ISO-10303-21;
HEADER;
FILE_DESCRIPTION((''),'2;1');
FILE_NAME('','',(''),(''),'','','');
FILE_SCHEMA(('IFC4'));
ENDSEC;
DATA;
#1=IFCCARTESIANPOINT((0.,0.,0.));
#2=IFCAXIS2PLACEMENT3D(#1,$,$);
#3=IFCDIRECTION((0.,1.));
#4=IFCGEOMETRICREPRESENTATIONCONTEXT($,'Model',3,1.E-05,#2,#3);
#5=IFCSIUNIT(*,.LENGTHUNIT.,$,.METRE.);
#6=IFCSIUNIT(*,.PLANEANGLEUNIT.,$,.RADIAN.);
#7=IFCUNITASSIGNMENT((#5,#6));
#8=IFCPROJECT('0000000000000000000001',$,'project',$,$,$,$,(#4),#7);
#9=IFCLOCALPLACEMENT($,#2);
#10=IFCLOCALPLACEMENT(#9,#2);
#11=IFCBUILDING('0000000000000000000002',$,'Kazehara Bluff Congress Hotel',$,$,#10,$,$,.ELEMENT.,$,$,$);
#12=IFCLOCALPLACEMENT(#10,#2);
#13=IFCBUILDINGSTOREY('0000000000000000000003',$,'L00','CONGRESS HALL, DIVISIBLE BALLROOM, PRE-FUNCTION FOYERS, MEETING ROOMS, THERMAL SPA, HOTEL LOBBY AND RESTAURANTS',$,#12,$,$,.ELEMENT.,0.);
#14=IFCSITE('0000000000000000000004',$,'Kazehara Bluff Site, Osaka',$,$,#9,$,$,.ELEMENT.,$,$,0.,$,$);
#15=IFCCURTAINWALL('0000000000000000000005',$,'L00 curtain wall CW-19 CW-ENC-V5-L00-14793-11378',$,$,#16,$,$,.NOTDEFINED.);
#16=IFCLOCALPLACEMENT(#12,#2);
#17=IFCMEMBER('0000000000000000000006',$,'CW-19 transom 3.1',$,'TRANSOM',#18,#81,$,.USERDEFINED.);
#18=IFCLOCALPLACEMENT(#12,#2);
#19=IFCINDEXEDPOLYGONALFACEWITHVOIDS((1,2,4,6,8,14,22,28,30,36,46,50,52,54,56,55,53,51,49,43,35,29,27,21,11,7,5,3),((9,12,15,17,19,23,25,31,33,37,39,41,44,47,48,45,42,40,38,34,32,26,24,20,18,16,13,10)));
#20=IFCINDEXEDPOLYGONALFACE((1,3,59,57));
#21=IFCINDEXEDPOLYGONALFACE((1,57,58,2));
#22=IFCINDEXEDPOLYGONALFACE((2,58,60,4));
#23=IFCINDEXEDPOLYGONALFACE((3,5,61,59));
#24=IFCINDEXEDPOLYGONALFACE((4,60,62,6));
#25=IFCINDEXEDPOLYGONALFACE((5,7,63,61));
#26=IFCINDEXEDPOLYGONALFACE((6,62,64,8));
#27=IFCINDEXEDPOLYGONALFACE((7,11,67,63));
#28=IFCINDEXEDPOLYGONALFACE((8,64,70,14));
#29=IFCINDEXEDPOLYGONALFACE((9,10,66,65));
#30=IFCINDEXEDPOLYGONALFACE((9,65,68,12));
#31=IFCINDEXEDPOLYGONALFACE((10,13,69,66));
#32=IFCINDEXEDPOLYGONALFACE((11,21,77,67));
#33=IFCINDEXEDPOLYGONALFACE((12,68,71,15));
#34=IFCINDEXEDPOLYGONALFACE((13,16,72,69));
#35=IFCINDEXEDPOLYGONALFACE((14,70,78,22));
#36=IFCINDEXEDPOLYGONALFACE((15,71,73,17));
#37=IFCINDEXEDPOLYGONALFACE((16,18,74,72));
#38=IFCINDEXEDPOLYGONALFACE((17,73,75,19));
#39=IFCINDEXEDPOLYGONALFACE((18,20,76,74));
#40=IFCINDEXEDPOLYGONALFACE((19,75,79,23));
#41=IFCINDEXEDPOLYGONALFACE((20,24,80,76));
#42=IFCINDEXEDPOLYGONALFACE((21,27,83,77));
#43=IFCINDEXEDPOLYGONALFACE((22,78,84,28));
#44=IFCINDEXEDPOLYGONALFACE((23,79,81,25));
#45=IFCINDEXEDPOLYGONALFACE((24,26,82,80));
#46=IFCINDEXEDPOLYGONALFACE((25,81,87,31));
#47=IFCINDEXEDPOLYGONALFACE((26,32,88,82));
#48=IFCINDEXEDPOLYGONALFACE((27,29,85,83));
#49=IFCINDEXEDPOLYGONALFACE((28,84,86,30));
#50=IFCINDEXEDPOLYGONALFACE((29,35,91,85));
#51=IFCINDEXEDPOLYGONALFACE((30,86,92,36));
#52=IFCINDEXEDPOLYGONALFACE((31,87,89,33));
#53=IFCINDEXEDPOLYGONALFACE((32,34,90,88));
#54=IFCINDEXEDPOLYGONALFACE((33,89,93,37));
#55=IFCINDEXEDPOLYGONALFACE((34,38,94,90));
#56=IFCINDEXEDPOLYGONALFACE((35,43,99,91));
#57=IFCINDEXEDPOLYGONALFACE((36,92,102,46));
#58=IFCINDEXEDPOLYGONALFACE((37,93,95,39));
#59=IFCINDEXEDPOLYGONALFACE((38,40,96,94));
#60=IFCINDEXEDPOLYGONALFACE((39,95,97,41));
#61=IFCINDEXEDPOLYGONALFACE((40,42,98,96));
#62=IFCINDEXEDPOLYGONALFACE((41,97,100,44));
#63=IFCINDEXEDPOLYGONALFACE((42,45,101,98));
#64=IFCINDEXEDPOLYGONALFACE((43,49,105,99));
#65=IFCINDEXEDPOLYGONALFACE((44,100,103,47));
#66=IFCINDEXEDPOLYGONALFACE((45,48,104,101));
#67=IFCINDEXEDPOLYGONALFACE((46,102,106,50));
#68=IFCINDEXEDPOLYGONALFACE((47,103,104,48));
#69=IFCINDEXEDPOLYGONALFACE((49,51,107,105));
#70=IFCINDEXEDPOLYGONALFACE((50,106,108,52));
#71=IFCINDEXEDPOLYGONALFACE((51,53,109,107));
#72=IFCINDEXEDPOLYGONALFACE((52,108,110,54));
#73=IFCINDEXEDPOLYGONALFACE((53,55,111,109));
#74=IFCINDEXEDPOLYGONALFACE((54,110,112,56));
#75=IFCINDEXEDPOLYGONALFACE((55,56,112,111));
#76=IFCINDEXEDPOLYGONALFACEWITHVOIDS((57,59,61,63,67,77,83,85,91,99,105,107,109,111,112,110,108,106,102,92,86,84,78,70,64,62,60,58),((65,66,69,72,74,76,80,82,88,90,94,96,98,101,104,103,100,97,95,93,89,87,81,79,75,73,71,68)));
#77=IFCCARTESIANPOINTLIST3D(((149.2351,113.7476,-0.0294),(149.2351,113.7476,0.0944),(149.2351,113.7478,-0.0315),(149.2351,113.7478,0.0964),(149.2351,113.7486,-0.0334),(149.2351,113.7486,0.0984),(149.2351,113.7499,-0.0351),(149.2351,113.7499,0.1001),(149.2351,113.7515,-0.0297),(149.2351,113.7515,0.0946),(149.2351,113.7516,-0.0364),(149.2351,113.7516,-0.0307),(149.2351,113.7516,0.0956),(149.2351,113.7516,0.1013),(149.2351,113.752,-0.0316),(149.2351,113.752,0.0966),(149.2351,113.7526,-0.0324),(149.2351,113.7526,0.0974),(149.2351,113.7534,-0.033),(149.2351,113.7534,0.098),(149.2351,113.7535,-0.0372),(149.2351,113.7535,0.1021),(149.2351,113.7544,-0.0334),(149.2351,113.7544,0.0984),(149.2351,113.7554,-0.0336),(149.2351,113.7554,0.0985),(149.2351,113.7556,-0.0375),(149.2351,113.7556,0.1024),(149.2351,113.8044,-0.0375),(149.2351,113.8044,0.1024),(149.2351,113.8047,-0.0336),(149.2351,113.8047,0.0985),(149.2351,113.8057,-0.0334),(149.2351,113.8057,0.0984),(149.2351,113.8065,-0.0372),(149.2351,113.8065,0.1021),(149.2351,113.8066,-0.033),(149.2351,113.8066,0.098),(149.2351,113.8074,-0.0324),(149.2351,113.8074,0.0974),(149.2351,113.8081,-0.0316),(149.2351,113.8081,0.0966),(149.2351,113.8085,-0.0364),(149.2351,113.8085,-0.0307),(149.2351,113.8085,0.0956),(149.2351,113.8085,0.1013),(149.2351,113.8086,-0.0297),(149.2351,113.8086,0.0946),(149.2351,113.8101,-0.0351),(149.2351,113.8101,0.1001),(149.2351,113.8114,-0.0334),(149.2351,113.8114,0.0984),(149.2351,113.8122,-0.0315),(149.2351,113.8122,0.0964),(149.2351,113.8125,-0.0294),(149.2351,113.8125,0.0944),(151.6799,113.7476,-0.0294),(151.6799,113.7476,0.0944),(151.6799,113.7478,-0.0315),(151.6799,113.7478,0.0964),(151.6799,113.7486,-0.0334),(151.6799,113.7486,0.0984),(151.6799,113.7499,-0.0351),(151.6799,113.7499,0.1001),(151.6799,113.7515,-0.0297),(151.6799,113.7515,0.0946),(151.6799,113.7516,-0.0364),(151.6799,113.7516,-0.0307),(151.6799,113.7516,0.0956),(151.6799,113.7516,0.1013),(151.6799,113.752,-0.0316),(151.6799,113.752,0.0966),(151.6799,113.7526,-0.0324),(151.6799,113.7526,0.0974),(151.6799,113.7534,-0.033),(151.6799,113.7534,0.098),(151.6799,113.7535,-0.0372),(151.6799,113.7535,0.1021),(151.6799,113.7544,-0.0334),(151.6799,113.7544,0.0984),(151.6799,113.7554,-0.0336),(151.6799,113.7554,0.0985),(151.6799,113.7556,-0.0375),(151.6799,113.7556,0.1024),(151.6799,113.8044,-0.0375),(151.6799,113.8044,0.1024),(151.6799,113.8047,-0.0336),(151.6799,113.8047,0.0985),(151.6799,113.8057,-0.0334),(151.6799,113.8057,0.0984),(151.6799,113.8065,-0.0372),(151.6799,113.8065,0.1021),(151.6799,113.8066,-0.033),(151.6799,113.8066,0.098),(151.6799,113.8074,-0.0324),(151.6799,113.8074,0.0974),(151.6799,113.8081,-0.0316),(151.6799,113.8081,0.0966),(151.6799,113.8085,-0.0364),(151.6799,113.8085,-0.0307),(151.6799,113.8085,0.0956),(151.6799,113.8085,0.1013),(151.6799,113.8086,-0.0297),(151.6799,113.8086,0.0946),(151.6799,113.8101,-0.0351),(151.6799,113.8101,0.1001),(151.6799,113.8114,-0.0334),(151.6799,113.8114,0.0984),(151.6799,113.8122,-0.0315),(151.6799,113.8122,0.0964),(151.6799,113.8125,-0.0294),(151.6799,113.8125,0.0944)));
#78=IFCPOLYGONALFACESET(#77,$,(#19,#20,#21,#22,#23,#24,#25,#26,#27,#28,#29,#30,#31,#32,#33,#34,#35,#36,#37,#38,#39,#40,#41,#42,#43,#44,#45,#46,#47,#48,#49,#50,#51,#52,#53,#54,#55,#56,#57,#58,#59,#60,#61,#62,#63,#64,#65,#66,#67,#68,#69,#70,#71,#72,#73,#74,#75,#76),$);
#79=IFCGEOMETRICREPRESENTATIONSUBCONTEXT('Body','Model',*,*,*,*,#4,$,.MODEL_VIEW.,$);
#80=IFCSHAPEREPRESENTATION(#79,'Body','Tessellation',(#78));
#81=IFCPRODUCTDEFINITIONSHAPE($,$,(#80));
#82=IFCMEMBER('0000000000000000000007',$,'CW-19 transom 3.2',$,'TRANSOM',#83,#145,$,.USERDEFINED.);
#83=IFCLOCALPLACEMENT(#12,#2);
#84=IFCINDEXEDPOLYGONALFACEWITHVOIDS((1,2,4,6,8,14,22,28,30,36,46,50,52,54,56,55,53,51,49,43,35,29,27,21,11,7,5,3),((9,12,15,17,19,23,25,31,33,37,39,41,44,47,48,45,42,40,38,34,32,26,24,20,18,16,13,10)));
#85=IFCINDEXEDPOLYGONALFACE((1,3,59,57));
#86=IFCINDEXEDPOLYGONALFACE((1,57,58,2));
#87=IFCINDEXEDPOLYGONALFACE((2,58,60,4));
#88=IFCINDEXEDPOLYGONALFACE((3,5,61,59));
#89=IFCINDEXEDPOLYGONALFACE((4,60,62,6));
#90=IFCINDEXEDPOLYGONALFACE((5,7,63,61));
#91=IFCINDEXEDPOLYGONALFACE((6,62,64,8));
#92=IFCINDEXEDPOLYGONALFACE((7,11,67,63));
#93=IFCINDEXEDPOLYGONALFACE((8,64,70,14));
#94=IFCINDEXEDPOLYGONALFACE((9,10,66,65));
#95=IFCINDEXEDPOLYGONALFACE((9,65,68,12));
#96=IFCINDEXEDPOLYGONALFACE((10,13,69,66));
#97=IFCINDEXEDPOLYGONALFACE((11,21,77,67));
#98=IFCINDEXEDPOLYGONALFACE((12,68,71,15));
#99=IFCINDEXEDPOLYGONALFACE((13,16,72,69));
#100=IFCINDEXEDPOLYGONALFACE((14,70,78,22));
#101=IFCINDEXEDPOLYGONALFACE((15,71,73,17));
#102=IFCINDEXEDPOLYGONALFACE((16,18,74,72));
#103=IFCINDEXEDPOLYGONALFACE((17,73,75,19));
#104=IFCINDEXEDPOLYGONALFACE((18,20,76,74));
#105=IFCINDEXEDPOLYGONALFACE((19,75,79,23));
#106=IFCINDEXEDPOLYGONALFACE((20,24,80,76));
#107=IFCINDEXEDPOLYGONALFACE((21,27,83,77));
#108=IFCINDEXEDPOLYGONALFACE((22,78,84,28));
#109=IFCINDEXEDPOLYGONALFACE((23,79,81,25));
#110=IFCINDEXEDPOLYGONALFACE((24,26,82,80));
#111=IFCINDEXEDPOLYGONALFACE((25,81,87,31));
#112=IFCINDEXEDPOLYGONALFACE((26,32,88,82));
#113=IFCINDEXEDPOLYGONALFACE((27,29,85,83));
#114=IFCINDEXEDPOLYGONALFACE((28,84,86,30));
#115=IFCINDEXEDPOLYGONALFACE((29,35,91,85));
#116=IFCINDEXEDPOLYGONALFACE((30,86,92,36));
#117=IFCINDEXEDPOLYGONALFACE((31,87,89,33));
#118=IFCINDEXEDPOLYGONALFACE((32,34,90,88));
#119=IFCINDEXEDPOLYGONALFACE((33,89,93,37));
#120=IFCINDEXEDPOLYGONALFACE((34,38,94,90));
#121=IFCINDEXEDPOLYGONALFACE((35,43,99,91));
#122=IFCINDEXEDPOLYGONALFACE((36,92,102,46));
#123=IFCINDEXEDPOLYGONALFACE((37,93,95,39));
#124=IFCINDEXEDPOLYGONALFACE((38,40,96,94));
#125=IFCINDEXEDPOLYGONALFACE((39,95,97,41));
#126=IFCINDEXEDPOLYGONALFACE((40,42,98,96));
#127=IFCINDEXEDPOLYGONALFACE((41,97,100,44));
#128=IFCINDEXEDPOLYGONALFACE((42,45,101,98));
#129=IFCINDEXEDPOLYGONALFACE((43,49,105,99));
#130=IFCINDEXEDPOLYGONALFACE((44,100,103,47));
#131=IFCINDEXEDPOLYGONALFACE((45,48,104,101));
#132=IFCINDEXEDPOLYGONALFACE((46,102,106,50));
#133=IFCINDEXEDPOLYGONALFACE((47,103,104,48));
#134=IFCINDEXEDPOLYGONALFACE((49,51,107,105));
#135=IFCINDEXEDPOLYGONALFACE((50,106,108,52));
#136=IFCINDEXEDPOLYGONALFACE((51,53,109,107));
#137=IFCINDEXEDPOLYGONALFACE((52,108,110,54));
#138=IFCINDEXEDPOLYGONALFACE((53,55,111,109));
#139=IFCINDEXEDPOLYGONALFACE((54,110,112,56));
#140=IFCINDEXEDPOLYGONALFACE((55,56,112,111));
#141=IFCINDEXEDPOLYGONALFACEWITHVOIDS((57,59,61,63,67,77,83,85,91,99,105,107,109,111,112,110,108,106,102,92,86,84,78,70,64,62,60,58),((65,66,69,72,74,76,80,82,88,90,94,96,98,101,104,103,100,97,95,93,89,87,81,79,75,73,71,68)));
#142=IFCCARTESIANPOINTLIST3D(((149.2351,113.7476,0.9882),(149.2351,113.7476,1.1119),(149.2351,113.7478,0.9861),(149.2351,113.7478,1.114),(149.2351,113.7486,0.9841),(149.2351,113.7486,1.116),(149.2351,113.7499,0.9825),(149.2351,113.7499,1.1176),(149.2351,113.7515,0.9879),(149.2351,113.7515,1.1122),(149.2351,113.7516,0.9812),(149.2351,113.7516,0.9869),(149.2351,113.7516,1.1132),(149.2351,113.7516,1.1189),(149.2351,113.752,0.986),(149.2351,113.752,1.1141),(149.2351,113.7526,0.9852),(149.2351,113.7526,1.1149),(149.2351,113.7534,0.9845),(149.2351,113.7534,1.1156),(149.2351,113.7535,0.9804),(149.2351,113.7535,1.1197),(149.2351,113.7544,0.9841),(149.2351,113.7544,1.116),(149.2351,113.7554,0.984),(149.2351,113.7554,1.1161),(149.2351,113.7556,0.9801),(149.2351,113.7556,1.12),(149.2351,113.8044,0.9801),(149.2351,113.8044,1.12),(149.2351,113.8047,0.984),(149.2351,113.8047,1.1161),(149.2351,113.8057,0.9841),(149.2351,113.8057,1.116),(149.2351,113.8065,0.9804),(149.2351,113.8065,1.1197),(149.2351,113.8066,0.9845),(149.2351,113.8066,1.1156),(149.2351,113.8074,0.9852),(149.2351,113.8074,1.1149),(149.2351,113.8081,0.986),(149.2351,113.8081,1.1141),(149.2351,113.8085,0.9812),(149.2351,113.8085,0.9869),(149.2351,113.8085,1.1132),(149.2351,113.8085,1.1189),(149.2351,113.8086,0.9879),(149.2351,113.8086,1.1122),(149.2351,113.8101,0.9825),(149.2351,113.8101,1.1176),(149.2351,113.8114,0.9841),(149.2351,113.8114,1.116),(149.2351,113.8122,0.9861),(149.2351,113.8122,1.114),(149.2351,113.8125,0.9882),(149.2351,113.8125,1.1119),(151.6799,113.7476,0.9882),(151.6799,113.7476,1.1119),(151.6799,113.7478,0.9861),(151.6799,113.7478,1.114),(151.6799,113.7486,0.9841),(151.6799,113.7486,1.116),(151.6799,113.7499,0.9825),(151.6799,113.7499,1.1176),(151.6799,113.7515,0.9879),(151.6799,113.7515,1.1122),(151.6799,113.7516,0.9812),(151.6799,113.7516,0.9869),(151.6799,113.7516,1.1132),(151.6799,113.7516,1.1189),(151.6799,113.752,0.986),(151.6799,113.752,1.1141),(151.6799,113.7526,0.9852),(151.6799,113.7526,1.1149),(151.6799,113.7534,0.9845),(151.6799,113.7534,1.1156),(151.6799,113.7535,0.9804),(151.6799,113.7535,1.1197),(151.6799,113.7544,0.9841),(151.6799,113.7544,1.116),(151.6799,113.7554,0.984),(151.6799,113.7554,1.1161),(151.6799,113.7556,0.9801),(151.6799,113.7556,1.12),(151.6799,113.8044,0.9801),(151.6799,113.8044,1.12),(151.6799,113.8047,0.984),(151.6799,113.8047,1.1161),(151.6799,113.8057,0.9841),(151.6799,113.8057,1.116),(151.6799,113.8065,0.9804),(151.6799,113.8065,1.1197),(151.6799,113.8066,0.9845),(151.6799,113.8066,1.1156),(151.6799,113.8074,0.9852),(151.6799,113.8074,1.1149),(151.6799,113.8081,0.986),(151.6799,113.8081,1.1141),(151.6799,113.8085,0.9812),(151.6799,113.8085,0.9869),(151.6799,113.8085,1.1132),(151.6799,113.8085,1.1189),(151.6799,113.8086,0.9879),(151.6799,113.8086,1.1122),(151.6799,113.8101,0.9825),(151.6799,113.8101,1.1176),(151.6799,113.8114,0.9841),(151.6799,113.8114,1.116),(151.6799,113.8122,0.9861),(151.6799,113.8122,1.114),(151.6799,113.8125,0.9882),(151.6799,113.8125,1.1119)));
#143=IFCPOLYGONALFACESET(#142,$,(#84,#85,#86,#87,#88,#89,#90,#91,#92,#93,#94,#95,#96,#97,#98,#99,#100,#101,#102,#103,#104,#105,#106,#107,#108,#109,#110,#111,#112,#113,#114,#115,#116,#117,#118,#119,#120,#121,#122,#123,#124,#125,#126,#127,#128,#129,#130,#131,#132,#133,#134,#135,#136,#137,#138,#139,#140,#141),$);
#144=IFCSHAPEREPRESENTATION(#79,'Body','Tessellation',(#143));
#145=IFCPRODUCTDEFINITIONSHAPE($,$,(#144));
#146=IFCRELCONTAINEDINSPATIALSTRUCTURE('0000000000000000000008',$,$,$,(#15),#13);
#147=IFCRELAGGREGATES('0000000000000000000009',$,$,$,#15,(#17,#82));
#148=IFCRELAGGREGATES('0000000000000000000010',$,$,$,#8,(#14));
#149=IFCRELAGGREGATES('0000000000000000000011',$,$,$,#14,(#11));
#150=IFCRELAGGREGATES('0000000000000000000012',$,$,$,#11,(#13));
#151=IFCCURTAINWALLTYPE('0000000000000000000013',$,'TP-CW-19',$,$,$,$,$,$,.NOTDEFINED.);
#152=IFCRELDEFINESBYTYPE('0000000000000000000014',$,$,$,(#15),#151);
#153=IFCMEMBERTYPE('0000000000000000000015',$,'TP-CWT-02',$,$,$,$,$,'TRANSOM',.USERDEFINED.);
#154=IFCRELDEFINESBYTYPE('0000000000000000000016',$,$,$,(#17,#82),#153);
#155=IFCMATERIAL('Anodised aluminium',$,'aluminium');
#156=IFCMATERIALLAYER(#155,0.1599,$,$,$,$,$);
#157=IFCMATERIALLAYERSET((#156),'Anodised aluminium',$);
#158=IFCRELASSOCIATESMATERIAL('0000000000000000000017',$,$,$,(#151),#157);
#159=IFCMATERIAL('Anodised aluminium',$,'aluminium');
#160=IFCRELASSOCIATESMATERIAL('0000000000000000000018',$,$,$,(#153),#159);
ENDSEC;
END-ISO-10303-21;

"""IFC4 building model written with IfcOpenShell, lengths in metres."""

from ifc_helpers import new_model, si_unit, direction, frame, origin, origin_2d, place, context, subcontext, project, spatial, hollow_rectangle, extrude, material, layer, layer_set, material_profile, profile_set, type_object, element, aggregate, save


model = new_model("IFC4")

# Units and contexts
model_context = context("Model", 3, precision=1e-05, world=origin(), true_north=direction((0.0, 1.0)))
body_context = subcontext(model_context, "Body", "Model", "MODEL_VIEW")
ifc_project = project(units=[si_unit("LENGTHUNIT", "METRE"), si_unit("PLANEANGLEUNIT", "RADIAN")], contexts=[model_context])

# Site, building, storey
site_placement = place(None, origin())
site = spatial("IfcSite", under=ifc_project, at=site_placement, Name="Kazehara Bluff Site, Osaka", CompositionType="ELEMENT", RefElevation=0.0)
building_placement = place(site_placement, origin())
building = spatial("IfcBuilding", under=site, at=building_placement, Name="Kazehara Bluff Congress Hotel", CompositionType="ELEMENT")
storey_placement = place(building_placement, origin())
storey = spatial("IfcBuildingStorey", under=building, at=storey_placement, Name="L00", Description="CONGRESS HALL, DIVISIBLE BALLROOM, PRE-FUNCTION FOYERS, MEETING ROOMS, THERMAL SPA, HOTEL LOBBY AND RESTAURANTS", CompositionType="ELEMENT", Elevation=0.0)

# Curtain wall
ifc_material_1 = material(Name="Anodised aluminium", Category="aluminium")
ifc_layer_1 = layer(ifc_material_1, 0.1599)
ifc_layer_set_1 = layer_set([ifc_layer_1], Name="Anodised aluminium")
curtain_wall_type_1 = type_object("IfcCurtainWallType", Name="TP-CW-19", PredefinedType="NOTDEFINED", material=ifc_layer_set_1)
curtain_wall_1_placement = place(storey_placement, origin())
curtain_wall_1 = element("IfcCurtainWall", 1, at=curtain_wall_1_placement, inside=storey, type_object=curtain_wall_type_1, Name="L00 curtain wall CW-19 CW-ENC-V5-L00-14793-11378", PredefinedType="NOTDEFINED")

# Members
ifc_material_2 = material(Name="Anodised aluminium", Category="aluminium")
ifc_material_profile_1 = material_profile(ifc_material_2, hollow_rectangle(XDim=0.0649, YDim=0.1399, WallThickness=0.0039, InnerFilletRadius=0.0039, OuterFilletRadius=0.0081, at=origin_2d()))
ifc_profile_set_1 = profile_set([ifc_material_profile_1], Name="Anodised aluminium")
member_type_1 = type_object("IfcMemberType", Name="TP-CWT-02", ElementType="TRANSOM", PredefinedType="USERDEFINED", material=ifc_profile_set_1)
member_1_placement = place(storey_placement, frame((149.2351, 113.78, 0.0325), z_axis=(1.0, 0.0, 0.0), x_axis=(0.0, 1.0, 0.0)))
member_1 = element("IfcMember", 2, at=member_1_placement, type_object=member_type_1, Name="CW-19 transom 3.1", ObjectType="TRANSOM", PredefinedType="USERDEFINED", context=body_context, shape_type="SweptSolid", body=[
    extrude(hollow_rectangle(XDim=0.0649, YDim=0.1399, WallThickness=0.0039, InnerFilletRadius=0.0039, OuterFilletRadius=0.0081, at=origin_2d()), origin(), (0.0, 0.0, 1.0), 2.4448),
])
member_2_placement = place(storey_placement, frame((149.2351, 113.78, 1.05), z_axis=(1.0, 0.0, 0.0), x_axis=(0.0, 1.0, 0.0)))
member_2 = element("IfcMember", 3, at=member_2_placement, type_object=member_type_1, Name="CW-19 transom 3.2", ObjectType="TRANSOM", PredefinedType="USERDEFINED", context=body_context, shape_type="SweptSolid", body=[
    extrude(hollow_rectangle(XDim=0.0649, YDim=0.1399, WallThickness=0.0039, InnerFilletRadius=0.0039, OuterFilletRadius=0.0081, at=origin_2d()), origin(), (0.0, 0.0, 1.0), 2.4448),
])

aggregate(curtain_wall_1, [member_1, member_2])

save(model, "model.ifc")
